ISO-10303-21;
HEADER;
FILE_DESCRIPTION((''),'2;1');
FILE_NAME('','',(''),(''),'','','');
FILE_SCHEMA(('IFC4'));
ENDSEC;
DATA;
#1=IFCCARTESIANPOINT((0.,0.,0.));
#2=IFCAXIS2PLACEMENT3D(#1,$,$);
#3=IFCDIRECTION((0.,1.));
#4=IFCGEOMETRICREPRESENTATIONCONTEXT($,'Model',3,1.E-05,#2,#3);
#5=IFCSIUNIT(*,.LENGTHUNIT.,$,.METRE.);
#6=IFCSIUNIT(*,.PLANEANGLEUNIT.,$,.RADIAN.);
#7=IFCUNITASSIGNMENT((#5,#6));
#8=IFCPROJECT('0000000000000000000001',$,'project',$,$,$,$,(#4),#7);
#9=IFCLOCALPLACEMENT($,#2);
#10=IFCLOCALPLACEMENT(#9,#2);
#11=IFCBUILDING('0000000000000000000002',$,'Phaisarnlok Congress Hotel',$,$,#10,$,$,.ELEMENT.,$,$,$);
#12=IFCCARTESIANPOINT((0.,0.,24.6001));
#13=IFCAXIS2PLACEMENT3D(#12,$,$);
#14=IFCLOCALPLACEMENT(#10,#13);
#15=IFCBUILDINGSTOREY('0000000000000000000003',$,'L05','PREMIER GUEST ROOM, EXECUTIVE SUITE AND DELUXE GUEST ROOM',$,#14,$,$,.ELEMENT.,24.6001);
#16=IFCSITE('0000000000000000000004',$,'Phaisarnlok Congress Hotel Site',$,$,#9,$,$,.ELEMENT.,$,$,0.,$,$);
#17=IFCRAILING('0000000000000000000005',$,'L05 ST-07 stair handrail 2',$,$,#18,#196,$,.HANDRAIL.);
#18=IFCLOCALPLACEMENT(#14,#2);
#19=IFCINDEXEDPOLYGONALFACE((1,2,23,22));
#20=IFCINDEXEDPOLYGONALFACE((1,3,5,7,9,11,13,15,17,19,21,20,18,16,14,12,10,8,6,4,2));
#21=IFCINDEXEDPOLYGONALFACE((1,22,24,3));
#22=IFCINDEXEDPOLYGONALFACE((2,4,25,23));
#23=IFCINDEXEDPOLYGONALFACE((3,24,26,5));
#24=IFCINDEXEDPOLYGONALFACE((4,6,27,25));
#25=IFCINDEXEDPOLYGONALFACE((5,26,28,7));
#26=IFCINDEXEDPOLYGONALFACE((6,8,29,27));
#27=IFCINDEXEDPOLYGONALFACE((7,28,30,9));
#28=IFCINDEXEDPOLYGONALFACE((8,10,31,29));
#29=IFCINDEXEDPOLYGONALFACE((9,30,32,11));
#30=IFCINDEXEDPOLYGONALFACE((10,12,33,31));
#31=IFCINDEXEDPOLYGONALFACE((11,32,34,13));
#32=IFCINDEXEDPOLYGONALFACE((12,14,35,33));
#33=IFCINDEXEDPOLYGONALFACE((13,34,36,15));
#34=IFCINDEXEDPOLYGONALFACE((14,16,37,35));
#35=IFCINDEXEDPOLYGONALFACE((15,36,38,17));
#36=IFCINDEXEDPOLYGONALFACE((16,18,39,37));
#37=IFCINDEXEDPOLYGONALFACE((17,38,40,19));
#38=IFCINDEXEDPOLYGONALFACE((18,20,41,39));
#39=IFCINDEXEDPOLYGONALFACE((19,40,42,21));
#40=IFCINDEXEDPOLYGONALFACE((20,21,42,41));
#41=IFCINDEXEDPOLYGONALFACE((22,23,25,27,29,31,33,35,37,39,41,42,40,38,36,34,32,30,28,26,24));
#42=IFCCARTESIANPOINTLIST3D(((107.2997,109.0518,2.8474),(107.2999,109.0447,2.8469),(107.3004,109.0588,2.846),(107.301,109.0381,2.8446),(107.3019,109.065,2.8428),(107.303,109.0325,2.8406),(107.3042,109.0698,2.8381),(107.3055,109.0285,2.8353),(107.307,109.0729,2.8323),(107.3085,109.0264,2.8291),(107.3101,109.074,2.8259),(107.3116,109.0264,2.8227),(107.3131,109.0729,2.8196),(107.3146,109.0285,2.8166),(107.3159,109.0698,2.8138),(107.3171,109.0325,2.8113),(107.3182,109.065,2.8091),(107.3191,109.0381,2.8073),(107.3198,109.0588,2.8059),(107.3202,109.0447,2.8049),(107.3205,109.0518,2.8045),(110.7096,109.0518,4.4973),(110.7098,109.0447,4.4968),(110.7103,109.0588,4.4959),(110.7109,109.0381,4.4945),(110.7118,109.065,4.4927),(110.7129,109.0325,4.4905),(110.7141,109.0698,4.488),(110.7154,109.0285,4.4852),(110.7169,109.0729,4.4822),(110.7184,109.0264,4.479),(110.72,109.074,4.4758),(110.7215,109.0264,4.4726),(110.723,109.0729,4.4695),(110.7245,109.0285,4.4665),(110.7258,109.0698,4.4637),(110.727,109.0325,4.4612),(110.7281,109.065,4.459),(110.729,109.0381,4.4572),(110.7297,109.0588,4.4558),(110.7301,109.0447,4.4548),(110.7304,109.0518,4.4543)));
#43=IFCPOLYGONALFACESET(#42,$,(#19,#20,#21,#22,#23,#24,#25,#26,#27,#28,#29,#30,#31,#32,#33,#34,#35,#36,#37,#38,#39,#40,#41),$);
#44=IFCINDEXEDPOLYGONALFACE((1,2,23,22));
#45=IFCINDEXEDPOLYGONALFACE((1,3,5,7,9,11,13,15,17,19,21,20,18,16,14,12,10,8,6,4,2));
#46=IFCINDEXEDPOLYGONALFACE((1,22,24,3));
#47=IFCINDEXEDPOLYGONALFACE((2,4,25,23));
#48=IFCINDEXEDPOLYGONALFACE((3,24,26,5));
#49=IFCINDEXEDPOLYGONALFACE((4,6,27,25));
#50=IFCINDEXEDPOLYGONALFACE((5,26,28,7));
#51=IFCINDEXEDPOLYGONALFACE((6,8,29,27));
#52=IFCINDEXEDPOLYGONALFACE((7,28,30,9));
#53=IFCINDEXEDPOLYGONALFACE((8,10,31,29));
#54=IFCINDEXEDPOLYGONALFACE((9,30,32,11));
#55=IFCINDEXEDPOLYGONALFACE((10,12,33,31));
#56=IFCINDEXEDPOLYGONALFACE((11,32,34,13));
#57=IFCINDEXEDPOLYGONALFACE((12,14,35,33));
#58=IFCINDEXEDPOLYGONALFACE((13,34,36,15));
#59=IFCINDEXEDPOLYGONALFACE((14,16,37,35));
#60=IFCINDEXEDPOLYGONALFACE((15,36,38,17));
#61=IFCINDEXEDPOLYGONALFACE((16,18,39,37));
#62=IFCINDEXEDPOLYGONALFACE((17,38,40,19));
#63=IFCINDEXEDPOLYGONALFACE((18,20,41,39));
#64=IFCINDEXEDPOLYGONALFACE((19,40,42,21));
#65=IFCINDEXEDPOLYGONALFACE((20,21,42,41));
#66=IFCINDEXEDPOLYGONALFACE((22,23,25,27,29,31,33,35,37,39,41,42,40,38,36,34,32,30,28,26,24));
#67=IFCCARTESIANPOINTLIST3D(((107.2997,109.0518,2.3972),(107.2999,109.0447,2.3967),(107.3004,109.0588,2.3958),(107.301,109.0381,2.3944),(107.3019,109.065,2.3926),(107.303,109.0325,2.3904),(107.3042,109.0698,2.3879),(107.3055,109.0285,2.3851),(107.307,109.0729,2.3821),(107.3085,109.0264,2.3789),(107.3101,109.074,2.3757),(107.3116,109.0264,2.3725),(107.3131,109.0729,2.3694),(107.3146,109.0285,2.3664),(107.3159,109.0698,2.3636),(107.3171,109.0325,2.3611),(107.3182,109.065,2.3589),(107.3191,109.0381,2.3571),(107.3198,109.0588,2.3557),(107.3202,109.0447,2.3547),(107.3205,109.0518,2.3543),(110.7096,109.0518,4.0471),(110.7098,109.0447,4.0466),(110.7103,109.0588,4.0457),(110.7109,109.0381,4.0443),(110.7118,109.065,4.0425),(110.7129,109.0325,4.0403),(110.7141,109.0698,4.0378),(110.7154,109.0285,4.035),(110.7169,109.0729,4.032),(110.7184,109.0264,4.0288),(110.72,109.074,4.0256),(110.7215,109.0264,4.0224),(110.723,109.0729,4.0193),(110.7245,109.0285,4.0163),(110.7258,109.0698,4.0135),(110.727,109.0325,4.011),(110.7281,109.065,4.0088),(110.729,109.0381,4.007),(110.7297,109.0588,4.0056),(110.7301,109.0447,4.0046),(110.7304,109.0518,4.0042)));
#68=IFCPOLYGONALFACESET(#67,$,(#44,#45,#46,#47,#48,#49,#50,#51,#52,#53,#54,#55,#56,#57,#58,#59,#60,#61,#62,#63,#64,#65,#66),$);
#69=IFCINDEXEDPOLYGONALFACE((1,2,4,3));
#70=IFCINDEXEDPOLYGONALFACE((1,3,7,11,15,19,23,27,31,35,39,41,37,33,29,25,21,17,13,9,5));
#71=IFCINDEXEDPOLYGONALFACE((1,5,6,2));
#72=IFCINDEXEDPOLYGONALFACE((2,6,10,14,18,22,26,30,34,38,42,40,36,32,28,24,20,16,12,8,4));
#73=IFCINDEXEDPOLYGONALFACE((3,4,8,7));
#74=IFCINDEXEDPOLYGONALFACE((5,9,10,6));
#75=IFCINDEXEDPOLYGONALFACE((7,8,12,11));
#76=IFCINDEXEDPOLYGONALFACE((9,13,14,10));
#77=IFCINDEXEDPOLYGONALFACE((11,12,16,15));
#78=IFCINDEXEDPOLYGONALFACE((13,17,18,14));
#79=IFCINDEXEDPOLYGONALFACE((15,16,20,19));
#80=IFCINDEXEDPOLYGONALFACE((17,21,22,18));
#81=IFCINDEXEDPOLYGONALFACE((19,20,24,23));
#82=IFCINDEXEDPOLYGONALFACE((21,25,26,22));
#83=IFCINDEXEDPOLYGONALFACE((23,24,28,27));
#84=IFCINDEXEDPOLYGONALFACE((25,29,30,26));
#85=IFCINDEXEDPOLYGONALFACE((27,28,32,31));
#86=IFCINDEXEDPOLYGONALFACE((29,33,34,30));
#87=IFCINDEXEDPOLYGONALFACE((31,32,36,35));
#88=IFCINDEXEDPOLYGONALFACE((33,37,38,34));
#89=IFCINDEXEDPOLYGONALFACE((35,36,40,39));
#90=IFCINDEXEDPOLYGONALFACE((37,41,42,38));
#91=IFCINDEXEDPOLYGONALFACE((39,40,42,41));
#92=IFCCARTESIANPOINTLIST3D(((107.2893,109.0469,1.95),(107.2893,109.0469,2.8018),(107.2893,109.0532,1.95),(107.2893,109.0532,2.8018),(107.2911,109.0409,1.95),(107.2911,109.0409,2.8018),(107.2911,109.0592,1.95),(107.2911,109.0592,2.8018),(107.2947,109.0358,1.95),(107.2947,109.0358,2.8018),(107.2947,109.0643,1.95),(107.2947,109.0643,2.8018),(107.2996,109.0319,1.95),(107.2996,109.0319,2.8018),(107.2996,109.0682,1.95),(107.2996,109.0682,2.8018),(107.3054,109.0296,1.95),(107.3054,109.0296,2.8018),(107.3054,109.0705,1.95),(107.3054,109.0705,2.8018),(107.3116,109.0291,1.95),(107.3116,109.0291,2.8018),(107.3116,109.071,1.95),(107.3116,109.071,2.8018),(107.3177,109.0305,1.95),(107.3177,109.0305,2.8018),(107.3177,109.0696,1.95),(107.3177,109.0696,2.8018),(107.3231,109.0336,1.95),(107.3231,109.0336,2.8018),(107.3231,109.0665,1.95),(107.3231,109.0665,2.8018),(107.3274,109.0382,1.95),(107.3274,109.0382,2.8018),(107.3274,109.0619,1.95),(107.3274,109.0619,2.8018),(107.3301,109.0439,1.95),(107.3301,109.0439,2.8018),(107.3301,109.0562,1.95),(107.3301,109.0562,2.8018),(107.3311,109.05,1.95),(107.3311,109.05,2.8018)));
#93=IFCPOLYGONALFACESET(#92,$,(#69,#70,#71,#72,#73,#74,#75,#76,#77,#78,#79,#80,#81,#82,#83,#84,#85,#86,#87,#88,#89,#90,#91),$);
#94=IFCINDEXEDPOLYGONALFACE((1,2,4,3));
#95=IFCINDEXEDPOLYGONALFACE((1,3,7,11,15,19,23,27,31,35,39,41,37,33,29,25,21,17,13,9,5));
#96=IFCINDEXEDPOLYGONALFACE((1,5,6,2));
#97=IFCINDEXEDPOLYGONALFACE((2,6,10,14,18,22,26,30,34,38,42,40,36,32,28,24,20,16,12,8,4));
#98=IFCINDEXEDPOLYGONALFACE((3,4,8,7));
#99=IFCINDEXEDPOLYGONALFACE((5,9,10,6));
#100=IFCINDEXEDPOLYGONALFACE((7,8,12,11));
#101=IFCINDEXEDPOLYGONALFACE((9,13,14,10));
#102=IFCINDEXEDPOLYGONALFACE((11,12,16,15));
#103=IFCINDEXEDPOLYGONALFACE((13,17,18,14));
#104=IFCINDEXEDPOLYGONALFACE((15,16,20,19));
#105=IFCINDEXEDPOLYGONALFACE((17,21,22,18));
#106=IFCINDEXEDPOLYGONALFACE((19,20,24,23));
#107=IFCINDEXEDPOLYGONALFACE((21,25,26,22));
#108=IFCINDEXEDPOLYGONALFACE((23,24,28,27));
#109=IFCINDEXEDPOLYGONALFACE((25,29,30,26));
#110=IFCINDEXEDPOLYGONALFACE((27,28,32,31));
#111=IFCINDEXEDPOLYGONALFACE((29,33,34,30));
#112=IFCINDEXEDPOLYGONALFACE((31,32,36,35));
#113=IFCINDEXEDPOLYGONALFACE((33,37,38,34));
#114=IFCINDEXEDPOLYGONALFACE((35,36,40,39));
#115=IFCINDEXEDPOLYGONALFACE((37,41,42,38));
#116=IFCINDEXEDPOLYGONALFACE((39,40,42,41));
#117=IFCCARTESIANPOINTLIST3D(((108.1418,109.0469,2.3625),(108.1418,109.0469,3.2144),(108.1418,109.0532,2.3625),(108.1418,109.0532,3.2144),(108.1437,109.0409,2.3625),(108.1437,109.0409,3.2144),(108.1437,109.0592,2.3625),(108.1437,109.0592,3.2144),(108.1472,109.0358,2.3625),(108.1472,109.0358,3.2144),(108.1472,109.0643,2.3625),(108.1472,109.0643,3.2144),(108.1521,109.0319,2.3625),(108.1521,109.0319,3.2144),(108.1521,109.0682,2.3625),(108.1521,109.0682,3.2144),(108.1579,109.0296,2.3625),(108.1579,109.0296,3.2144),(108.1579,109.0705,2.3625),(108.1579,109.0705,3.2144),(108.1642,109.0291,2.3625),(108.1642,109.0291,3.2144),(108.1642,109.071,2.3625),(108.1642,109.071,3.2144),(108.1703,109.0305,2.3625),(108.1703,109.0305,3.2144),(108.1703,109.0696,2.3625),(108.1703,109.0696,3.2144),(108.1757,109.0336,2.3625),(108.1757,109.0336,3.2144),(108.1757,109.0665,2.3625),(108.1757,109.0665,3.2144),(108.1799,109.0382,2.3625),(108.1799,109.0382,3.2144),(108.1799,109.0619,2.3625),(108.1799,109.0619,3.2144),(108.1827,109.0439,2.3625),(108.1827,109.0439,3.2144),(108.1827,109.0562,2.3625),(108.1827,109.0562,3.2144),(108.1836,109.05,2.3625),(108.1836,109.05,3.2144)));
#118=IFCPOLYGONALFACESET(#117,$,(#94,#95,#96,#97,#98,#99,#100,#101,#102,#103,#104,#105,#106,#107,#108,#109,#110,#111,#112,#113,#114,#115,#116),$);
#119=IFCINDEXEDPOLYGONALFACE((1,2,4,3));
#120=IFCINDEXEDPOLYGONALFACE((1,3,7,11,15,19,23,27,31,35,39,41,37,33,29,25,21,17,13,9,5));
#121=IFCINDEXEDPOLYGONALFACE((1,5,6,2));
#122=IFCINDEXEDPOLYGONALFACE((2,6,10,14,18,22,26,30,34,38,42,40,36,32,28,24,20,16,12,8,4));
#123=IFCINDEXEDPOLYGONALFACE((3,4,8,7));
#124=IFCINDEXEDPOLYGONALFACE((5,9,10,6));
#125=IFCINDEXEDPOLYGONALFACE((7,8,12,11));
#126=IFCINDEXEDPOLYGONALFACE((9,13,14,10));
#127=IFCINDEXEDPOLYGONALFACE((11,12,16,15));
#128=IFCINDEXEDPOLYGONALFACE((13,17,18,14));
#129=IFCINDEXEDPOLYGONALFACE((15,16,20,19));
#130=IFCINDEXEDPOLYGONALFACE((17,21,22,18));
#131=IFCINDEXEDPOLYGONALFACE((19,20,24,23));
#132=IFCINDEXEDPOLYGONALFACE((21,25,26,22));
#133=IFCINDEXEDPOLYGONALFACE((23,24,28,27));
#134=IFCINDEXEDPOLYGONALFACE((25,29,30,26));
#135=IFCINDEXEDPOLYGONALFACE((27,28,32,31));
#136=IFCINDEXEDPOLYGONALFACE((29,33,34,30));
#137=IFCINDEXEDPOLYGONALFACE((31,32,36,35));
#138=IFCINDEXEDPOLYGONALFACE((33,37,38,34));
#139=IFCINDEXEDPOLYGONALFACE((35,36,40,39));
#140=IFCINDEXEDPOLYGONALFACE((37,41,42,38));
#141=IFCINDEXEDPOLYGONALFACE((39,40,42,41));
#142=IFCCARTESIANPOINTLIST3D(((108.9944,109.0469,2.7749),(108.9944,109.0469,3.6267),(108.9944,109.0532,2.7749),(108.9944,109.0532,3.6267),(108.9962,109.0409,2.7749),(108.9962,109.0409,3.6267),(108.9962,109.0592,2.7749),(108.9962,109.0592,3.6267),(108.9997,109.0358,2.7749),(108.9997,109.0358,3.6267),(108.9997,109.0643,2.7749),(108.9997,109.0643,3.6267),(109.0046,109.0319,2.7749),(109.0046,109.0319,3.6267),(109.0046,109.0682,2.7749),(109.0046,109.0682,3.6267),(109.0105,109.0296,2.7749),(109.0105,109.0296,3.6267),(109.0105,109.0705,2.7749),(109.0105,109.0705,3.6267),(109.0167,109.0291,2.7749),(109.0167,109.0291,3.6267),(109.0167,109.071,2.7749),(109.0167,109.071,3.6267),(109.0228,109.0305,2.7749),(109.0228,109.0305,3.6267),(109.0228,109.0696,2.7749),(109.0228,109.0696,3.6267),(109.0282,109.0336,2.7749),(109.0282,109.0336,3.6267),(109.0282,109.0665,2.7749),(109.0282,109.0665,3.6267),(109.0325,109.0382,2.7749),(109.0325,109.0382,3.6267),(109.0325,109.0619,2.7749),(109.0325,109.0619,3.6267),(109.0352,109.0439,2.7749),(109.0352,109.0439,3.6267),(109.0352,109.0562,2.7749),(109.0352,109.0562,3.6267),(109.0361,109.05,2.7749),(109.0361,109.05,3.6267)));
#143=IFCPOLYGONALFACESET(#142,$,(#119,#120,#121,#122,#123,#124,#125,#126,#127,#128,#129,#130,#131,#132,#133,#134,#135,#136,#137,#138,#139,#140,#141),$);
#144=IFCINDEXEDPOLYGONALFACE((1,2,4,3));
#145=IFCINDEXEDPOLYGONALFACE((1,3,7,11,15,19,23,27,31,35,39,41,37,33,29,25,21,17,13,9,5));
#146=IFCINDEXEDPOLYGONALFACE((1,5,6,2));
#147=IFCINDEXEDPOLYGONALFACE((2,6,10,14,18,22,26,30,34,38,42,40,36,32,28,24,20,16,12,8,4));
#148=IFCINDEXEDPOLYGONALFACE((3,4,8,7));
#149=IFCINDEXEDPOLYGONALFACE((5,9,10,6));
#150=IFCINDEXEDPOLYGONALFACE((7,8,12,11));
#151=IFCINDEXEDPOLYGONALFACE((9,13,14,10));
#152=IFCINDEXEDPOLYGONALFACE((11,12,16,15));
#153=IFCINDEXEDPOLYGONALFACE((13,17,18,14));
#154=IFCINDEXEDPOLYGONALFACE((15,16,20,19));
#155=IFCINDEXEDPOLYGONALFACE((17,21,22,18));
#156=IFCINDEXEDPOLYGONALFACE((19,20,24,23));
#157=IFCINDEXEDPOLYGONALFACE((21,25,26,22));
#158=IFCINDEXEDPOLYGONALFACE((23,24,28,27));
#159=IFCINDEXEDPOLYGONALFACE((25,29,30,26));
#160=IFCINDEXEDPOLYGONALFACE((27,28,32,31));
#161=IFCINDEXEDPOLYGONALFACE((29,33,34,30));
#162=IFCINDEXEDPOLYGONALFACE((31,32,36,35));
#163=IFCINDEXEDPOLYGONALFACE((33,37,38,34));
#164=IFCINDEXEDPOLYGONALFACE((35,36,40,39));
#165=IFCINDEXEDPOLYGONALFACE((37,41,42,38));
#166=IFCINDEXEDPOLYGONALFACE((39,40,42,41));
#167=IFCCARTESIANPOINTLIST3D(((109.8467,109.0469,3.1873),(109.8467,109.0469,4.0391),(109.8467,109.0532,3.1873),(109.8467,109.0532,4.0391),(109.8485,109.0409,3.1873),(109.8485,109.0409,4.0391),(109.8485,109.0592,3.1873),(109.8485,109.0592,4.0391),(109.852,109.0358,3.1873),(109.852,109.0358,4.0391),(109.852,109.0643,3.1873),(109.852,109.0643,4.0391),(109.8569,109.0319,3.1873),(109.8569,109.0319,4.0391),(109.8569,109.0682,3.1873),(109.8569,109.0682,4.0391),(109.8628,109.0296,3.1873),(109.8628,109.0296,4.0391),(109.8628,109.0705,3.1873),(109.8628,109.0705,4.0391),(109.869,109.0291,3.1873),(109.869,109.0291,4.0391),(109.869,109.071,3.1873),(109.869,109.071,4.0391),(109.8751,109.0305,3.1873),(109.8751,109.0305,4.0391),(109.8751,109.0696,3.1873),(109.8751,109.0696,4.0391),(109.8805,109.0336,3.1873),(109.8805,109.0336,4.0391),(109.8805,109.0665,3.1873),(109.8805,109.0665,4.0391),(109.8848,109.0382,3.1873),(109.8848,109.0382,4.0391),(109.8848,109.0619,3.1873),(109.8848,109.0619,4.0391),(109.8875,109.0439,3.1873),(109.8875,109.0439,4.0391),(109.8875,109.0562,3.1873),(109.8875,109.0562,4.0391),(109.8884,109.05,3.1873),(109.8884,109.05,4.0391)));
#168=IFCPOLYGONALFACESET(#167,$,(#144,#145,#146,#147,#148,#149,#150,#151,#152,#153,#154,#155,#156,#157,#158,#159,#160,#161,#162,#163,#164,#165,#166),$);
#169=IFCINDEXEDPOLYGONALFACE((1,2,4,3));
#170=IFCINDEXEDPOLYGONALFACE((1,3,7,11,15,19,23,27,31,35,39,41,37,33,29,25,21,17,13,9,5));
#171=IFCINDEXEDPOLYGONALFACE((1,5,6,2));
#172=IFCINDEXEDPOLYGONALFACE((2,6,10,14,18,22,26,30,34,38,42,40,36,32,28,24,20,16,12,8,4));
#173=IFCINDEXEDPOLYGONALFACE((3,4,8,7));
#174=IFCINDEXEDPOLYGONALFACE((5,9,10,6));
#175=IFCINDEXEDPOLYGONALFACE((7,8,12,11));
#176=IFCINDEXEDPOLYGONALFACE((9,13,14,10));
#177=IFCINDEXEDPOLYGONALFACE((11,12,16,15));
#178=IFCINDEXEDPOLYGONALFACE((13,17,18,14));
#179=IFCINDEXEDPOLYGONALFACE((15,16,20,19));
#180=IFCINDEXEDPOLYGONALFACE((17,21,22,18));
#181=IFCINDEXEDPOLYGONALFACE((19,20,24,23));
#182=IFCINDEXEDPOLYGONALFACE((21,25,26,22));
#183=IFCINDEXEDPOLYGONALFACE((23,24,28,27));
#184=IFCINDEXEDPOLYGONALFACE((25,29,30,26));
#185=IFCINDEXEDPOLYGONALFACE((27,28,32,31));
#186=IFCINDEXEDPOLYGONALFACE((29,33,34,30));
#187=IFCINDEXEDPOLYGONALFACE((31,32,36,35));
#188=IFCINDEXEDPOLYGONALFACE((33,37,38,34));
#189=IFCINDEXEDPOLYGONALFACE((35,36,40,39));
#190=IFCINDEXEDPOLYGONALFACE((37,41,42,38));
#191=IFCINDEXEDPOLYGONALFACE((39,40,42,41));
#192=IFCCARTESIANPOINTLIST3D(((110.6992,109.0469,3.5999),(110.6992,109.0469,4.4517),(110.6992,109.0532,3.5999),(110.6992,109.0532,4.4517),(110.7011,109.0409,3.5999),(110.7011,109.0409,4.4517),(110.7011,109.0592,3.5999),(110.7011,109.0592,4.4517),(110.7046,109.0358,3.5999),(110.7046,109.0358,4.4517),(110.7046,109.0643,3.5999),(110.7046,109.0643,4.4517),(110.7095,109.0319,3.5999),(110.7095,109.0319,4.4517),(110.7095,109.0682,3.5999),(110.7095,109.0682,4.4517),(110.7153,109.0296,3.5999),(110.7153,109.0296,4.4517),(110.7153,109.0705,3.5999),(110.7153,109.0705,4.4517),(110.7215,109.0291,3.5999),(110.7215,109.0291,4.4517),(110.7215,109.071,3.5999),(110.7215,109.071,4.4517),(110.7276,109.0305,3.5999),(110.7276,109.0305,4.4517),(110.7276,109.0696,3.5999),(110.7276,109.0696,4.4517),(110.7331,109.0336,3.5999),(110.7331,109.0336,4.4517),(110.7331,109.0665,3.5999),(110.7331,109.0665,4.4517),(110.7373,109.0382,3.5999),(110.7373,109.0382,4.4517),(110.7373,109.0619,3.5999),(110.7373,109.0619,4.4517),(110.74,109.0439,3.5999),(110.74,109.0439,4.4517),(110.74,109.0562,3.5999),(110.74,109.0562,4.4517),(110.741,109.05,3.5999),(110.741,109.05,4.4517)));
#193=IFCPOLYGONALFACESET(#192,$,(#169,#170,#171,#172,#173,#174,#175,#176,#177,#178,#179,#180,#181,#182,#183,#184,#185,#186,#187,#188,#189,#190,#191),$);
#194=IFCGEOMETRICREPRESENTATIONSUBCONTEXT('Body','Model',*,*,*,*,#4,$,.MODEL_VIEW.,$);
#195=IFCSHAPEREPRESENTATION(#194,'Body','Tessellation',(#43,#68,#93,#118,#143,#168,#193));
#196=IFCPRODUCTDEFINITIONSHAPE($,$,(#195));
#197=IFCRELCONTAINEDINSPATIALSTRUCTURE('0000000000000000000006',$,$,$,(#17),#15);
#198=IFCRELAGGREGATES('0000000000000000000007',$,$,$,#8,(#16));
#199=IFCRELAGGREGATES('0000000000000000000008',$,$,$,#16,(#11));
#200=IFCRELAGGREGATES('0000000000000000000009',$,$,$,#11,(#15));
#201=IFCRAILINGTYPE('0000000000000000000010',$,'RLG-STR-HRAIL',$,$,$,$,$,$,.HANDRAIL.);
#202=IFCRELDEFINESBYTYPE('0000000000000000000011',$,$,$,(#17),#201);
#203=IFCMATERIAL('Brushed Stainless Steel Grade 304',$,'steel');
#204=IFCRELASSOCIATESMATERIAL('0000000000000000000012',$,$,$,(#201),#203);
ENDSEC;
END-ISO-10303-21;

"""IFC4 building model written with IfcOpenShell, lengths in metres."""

from ifc_helpers import new_model, si_unit, direction, frame, origin, origin_2d, place, context, subcontext, project, spatial, circle, extrude, material, type_object, element, save


model = new_model("IFC4")

# Units and contexts
model_context = context("Model", 3, precision=1e-05, world=origin(), true_north=direction((0.0, 1.0)))
body_context = subcontext(model_context, "Body", "Model", "MODEL_VIEW")
ifc_project = project(units=[si_unit("LENGTHUNIT", "METRE"), si_unit("PLANEANGLEUNIT", "RADIAN")], contexts=[model_context])

# Site, building, storey
site_placement = place(None, origin())
site = spatial("IfcSite", under=ifc_project, at=site_placement, Name="Phaisarnlok Congress Hotel Site", CompositionType="ELEMENT", RefElevation=0.0)
building_placement = place(site_placement, origin())
building = spatial("IfcBuilding", under=site, at=building_placement, Name="Phaisarnlok Congress Hotel", CompositionType="ELEMENT")
storey_placement = place(building_placement, frame((0.0, 0.0, 24.6001)))
storey = spatial("IfcBuildingStorey", under=building, at=storey_placement, Name="L05", Description="PREMIER GUEST ROOM, EXECUTIVE SUITE AND DELUXE GUEST ROOM", CompositionType="ELEMENT", Elevation=24.6001)

# Railing
ifc_material_1 = material(Name="Brushed Stainless Steel Grade 304", Category="steel")
railing_type_1 = type_object("IfcRailingType", Name="RLG-STR-HRAIL", PredefinedType="HANDRAIL", material=ifc_material_1)
railing_1_placement = place(storey_placement, frame((107.3101, 109.05, 1.95)))
element("IfcRailing", 1, at=railing_1_placement, inside=storey, type_object=railing_type_1, Name="L05 ST-07 stair handrail 2", PredefinedType="HANDRAIL", context=body_context, shape_type="SweptSolid", body=[
    extrude(circle(Radius=0.0239, at=origin_2d()), frame((0.0, 0.0, 0.876), z_axis=(0.900165, 0.0, 0.435549), x_axis=(0.0, 1.0, 0.0)), (0.0, 0.0, 1.0), 3.7881),
    extrude(circle(Radius=0.0239, at=origin_2d()), frame((0.0, 0.0, 0.4258), z_axis=(0.900165, 0.0, 0.435549), x_axis=(0.0, 1.0, 0.0)), (0.0, 0.0, 1.0), 3.7881),
    extrude(circle(Radius=0.021, at=origin_2d()), origin(), (0.0, 0.0, 1.0), 0.8518),
    extrude(circle(Radius=0.021, at=origin_2d()), frame((0.8525, 0.0, 0.4126)), (0.0, 0.0, 1.0), 0.8518),
    extrude(circle(Radius=0.021, at=origin_2d()), frame((1.7051, 0.0, 0.825)), (0.0, 0.0, 1.0), 0.8518),
    extrude(circle(Radius=0.021, at=origin_2d()), frame((2.5574, 0.0, 1.2373)), (0.0, 0.0, 1.0), 0.8518),
    extrude(circle(Radius=0.021, at=origin_2d()), frame((3.4099, 0.0, 1.6499)), (0.0, 0.0, 1.0), 0.8518),
])

save(model, "model.ifc")
